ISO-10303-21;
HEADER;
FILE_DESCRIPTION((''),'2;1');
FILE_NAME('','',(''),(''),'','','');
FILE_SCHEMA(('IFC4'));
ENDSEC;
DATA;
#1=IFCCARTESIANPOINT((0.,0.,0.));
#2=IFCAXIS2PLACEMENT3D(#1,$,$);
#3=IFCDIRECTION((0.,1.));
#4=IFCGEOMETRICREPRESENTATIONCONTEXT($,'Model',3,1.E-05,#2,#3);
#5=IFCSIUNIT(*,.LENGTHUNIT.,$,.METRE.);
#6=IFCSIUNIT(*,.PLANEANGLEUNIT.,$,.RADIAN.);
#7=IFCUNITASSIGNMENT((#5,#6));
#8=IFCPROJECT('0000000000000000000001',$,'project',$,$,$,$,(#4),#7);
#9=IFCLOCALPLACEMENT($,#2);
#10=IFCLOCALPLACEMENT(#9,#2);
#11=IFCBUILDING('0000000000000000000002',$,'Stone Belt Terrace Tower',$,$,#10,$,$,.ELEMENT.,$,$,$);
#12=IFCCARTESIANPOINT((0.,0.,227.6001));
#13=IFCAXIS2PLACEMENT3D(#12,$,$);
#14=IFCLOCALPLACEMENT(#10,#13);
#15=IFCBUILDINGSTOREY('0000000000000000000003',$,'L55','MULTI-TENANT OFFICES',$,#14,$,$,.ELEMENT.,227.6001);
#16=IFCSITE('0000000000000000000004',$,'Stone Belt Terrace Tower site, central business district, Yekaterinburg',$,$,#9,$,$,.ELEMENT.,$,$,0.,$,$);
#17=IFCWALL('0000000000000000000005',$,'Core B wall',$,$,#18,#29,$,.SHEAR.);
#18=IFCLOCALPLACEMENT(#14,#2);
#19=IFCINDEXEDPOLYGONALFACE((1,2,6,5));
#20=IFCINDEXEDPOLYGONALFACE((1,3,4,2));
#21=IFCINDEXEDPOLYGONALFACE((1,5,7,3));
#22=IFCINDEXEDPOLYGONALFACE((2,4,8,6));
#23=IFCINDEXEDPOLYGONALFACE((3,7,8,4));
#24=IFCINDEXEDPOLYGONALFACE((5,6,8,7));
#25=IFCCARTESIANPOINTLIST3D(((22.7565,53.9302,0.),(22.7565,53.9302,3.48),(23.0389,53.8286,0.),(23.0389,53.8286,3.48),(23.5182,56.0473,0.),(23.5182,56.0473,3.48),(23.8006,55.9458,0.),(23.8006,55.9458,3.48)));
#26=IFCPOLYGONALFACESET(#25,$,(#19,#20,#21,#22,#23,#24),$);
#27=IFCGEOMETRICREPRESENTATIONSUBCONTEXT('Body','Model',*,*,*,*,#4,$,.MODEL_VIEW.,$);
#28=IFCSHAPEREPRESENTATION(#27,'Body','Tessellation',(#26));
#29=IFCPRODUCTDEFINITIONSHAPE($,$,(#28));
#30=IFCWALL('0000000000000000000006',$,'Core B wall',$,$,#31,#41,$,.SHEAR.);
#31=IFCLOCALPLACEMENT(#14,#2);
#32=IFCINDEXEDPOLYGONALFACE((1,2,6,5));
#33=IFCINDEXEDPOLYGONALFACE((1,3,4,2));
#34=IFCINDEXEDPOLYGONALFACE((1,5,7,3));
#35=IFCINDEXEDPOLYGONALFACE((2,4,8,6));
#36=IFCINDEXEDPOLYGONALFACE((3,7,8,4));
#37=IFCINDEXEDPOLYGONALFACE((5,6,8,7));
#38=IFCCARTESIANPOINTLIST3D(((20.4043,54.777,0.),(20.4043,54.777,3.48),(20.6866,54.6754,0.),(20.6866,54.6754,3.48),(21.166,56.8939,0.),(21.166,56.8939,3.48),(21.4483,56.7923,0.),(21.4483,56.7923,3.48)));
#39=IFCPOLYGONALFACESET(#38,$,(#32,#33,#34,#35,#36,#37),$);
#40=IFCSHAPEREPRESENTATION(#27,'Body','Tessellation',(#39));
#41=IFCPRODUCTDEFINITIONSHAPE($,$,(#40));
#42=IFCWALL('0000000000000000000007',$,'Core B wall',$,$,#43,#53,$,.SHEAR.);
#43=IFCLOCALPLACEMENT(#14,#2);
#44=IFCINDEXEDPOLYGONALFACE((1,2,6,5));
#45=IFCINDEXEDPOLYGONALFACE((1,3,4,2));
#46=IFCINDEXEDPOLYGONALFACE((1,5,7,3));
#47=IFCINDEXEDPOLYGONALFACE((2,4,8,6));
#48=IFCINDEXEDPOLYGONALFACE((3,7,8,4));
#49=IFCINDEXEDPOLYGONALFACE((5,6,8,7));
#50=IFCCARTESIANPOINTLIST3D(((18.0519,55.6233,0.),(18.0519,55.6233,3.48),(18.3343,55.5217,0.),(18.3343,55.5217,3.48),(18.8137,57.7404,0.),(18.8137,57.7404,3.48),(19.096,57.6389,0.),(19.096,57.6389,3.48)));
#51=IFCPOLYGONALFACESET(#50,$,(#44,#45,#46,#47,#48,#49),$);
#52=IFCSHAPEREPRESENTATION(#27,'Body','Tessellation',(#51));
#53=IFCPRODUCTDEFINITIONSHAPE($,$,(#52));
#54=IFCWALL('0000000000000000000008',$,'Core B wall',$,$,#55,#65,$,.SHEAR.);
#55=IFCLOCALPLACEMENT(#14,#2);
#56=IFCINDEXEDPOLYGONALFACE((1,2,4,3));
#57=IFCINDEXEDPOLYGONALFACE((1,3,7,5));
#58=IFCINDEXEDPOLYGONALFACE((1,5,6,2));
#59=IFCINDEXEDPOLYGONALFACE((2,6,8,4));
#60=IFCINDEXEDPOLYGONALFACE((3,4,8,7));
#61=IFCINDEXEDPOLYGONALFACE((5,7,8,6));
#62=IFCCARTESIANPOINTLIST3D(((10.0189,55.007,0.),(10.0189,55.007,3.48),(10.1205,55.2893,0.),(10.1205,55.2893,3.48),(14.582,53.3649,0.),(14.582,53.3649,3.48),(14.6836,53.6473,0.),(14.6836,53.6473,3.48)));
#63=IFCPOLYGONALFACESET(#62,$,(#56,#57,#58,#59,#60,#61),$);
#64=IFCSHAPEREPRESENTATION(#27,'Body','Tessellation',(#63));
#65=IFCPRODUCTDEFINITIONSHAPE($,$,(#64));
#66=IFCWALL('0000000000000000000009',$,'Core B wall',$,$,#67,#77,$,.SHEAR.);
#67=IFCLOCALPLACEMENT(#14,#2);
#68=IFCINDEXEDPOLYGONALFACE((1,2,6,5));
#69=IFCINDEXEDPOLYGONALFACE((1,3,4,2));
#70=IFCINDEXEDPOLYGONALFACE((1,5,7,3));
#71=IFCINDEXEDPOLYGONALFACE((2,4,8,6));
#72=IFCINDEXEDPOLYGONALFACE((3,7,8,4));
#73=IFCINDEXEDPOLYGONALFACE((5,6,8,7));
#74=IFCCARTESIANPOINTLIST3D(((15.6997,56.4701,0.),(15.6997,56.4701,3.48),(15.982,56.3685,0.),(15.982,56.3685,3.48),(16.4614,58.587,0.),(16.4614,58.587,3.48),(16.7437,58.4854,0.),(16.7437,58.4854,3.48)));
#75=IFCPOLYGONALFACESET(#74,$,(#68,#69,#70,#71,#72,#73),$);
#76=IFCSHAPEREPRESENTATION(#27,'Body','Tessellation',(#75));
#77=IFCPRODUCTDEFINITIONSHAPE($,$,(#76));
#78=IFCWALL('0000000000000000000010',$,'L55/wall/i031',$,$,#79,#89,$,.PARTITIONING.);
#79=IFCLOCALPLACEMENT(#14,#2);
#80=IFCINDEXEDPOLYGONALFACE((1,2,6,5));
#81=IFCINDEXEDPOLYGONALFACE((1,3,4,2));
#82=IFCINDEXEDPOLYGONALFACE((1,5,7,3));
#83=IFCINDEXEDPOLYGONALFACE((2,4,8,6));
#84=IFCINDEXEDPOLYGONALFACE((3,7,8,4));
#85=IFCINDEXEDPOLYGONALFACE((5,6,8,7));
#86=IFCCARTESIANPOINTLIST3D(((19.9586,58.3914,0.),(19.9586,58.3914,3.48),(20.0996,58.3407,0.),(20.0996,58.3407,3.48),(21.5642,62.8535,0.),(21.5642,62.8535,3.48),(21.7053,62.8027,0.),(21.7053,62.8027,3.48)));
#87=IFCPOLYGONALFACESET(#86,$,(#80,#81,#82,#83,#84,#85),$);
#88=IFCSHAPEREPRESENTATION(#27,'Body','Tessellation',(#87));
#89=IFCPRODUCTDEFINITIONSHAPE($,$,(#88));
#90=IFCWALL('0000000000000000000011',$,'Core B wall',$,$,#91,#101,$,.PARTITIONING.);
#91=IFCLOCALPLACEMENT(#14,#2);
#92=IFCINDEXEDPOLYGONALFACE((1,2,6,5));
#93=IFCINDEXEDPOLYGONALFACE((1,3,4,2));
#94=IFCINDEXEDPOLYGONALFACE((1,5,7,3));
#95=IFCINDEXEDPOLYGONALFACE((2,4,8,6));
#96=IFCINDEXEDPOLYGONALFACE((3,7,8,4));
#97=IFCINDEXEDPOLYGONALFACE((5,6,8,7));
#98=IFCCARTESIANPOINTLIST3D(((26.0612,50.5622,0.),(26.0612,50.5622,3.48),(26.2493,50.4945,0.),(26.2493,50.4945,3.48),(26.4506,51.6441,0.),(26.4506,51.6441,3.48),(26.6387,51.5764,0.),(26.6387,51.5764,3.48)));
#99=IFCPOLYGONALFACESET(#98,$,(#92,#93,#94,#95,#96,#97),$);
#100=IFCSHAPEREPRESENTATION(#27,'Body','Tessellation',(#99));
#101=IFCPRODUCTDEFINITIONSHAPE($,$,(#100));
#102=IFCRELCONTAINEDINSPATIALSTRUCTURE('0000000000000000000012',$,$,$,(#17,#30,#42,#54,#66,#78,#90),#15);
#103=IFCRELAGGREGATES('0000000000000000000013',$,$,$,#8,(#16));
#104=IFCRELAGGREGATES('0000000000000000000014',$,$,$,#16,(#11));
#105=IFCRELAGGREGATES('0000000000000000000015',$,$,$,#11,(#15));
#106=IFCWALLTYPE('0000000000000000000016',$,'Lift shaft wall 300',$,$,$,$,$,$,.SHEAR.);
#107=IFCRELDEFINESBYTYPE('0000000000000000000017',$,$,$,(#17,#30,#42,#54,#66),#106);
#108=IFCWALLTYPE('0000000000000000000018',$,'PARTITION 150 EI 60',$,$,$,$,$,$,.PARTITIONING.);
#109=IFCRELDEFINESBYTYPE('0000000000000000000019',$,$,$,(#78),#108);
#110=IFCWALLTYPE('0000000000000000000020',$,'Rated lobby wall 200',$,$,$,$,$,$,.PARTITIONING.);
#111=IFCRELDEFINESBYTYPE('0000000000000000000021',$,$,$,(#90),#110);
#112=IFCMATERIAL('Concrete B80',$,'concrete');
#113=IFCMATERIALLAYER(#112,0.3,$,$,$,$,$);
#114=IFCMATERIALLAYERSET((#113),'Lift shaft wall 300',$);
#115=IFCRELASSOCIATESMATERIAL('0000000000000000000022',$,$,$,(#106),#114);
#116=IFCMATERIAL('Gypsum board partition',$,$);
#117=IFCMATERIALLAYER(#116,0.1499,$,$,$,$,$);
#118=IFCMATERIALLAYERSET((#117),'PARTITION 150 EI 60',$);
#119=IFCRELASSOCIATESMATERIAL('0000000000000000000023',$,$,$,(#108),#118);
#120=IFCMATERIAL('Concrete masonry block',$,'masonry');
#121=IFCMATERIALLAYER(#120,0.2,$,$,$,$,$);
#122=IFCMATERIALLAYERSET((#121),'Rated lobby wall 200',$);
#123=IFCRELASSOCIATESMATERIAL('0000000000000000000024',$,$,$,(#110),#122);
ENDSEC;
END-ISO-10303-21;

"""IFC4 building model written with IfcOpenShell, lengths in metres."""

from ifc_helpers import new_model, si_unit, direction, frame, frame_2d, origin, place, context, subcontext, project, spatial, rectangle, extrude, material, layer, layer_set, type_object, element, save


model = new_model("IFC4")

# Units and contexts
model_context = context("Model", 3, precision=1e-05, world=origin(), true_north=direction((0.0, 1.0)))
body_context = subcontext(model_context, "Body", "Model", "MODEL_VIEW")
ifc_project = project(units=[si_unit("LENGTHUNIT", "METRE"), si_unit("PLANEANGLEUNIT", "RADIAN")], contexts=[model_context])

# Site, building, storey
site_placement = place(None, origin())
site = spatial("IfcSite", under=ifc_project, at=site_placement, Name="Stone Belt Terrace Tower site, central business district, Yekaterinburg", CompositionType="ELEMENT", RefElevation=0.0)
building_placement = place(site_placement, origin())
building = spatial("IfcBuilding", under=site, at=building_placement, Name="Stone Belt Terrace Tower", CompositionType="ELEMENT")
storey_placement = place(building_placement, frame((0.0, 0.0, 227.6001)))
storey = spatial("IfcBuildingStorey", under=building, at=storey_placement, Name="L55", Description="MULTI-TENANT OFFICES", CompositionType="ELEMENT", Elevation=227.6001)

# Shared definitions
ifc_material_1 = material(Name="Concrete B80", Category="concrete")
ifc_layer_1 = layer(ifc_material_1, 0.3)
ifc_layer_set_1 = layer_set([ifc_layer_1], Name="Lift shaft wall 300")
wall_type_1 = type_object("IfcWallType", Name="Lift shaft wall 300", PredefinedType="SHEAR", material=ifc_layer_set_1)

# Walls
wall_1_placement = place(storey_placement, frame((22.8977, 53.8794, 0.0), z_axis=(0.0, 0.0, 1.0), x_axis=(0.338535, 0.940954, 0.0)))
element("IfcWall", 1, at=wall_1_placement, inside=storey, type_object=wall_type_1, Name="Core B wall", PredefinedType="SHEAR", context=body_context, shape_type="SweptSolid", body=[
    extrude(rectangle(XDim=2.25, YDim=0.3, at=frame_2d((1.125, 0.0))), origin(), (0.0, 0.0, 1.0), 3.48),
])
wall_2_placement = place(storey_placement, frame((20.5454, 54.7261, 0.0), z_axis=(0.0, 0.0, 1.0), x_axis=(0.33857, 0.940941, 0.0)))
element("IfcWall", 2, at=wall_2_placement, inside=storey, type_object=wall_type_1, Name="Core B wall", PredefinedType="SHEAR", context=body_context, shape_type="SweptSolid", body=[
    extrude(rectangle(XDim=2.2498, YDim=0.3, at=frame_2d((1.125, 0.0))), origin(), (0.0, 0.0, 1.0), 3.48),
])
wall_3_placement = place(storey_placement, frame((18.1931, 55.5725, 0.0), z_axis=(0.0, 0.0, 1.0), x_axis=(0.338535, 0.940954, 0.0)))
element("IfcWall", 3, at=wall_3_placement, inside=storey, type_object=wall_type_1, Name="Core B wall", PredefinedType="SHEAR", context=body_context, shape_type="SweptSolid", body=[
    extrude(rectangle(XDim=2.25, YDim=0.3, at=frame_2d((1.125, 0.0))), origin(), (0.0, 0.0, 1.0), 3.48),
])
wall_4_placement = place(storey_placement, frame((14.6328, 53.5061, 0.0), z_axis=(0.0, 0.0, 1.0), x_axis=(-0.940932, 0.338596, 0.0)))
element("IfcWall", 4, at=wall_4_placement, inside=storey, type_object=wall_type_1, Name="Core B wall", PredefinedType="SHEAR", context=body_context, shape_type="SweptSolid", body=[
    extrude(rectangle(XDim=4.8496, YDim=0.3, at=frame_2d((2.4248, 0.0))), origin(), (0.0, 0.0, 1.0), 3.48),
])
wall_5_placement = place(storey_placement, frame((15.8408, 56.4192, 0.0), z_axis=(0.0, 0.0, 1.0), x_axis=(0.33857, 0.940941, 0.0)))
element("IfcWall", 5, at=wall_5_placement, inside=storey, type_object=wall_type_1, Name="Core B wall", PredefinedType="SHEAR", context=body_context, shape_type="SweptSolid", body=[
    extrude(rectangle(XDim=2.2498, YDim=0.3, at=frame_2d((1.125, 0.0))), origin(), (0.0, 0.0, 1.0), 3.48),
])
ifc_material_2 = material(Name="Gypsum board partition")
ifc_layer_2 = layer(ifc_material_2, 0.1499)
ifc_layer_set_2 = layer_set([ifc_layer_2], Name="PARTITION 150 EI 60")
wall_type_2 = type_object("IfcWallType", Name="PARTITION 150 EI 60", PredefinedType="PARTITIONING", material=ifc_layer_set_2)
wall_6_placement = place(storey_placement, frame((21.6348, 62.8281, 0.0), z_axis=(0.0, 0.0, 1.0), x_axis=(-0.338596, -0.940932, 0.0)))
element("IfcWall", 6, at=wall_6_placement, inside=storey, type_object=wall_type_2, Name="L55/wall/i031", PredefinedType="PARTITIONING", context=body_context, shape_type="SweptSolid", body=[
    extrude(rectangle(XDim=4.7422, YDim=0.1499, at=frame_2d((2.3711, 0.0))), origin(), (0.0, 0.0, 1.0), 3.48),
])
ifc_material_3 = material(Name="Concrete masonry block", Category="masonry")
ifc_layer_3 = layer(ifc_material_3, 0.2)
ifc_layer_set_3 = layer_set([ifc_layer_3], Name="Rated lobby wall 200")
wall_type_3 = type_object("IfcWallType", Name="Rated lobby wall 200", PredefinedType="PARTITIONING", material=ifc_layer_set_3)
wall_7_placement = place(storey_placement, frame((26.1553, 50.5283, 0.0), z_axis=(0.0, 0.0, 1.0), x_axis=(0.338622, 0.940923, 0.0)))
element("IfcWall", 7, at=wall_7_placement, inside=storey, type_object=wall_type_3, Name="Core B wall", PredefinedType="PARTITIONING", context=body_context, shape_type="SweptSolid", body=[
    extrude(rectangle(XDim=1.1499, YDim=0.2, at=frame_2d((0.575, 0.0))), origin(), (0.0, 0.0, 1.0), 3.48),
])

save(model, "model.ifc")
